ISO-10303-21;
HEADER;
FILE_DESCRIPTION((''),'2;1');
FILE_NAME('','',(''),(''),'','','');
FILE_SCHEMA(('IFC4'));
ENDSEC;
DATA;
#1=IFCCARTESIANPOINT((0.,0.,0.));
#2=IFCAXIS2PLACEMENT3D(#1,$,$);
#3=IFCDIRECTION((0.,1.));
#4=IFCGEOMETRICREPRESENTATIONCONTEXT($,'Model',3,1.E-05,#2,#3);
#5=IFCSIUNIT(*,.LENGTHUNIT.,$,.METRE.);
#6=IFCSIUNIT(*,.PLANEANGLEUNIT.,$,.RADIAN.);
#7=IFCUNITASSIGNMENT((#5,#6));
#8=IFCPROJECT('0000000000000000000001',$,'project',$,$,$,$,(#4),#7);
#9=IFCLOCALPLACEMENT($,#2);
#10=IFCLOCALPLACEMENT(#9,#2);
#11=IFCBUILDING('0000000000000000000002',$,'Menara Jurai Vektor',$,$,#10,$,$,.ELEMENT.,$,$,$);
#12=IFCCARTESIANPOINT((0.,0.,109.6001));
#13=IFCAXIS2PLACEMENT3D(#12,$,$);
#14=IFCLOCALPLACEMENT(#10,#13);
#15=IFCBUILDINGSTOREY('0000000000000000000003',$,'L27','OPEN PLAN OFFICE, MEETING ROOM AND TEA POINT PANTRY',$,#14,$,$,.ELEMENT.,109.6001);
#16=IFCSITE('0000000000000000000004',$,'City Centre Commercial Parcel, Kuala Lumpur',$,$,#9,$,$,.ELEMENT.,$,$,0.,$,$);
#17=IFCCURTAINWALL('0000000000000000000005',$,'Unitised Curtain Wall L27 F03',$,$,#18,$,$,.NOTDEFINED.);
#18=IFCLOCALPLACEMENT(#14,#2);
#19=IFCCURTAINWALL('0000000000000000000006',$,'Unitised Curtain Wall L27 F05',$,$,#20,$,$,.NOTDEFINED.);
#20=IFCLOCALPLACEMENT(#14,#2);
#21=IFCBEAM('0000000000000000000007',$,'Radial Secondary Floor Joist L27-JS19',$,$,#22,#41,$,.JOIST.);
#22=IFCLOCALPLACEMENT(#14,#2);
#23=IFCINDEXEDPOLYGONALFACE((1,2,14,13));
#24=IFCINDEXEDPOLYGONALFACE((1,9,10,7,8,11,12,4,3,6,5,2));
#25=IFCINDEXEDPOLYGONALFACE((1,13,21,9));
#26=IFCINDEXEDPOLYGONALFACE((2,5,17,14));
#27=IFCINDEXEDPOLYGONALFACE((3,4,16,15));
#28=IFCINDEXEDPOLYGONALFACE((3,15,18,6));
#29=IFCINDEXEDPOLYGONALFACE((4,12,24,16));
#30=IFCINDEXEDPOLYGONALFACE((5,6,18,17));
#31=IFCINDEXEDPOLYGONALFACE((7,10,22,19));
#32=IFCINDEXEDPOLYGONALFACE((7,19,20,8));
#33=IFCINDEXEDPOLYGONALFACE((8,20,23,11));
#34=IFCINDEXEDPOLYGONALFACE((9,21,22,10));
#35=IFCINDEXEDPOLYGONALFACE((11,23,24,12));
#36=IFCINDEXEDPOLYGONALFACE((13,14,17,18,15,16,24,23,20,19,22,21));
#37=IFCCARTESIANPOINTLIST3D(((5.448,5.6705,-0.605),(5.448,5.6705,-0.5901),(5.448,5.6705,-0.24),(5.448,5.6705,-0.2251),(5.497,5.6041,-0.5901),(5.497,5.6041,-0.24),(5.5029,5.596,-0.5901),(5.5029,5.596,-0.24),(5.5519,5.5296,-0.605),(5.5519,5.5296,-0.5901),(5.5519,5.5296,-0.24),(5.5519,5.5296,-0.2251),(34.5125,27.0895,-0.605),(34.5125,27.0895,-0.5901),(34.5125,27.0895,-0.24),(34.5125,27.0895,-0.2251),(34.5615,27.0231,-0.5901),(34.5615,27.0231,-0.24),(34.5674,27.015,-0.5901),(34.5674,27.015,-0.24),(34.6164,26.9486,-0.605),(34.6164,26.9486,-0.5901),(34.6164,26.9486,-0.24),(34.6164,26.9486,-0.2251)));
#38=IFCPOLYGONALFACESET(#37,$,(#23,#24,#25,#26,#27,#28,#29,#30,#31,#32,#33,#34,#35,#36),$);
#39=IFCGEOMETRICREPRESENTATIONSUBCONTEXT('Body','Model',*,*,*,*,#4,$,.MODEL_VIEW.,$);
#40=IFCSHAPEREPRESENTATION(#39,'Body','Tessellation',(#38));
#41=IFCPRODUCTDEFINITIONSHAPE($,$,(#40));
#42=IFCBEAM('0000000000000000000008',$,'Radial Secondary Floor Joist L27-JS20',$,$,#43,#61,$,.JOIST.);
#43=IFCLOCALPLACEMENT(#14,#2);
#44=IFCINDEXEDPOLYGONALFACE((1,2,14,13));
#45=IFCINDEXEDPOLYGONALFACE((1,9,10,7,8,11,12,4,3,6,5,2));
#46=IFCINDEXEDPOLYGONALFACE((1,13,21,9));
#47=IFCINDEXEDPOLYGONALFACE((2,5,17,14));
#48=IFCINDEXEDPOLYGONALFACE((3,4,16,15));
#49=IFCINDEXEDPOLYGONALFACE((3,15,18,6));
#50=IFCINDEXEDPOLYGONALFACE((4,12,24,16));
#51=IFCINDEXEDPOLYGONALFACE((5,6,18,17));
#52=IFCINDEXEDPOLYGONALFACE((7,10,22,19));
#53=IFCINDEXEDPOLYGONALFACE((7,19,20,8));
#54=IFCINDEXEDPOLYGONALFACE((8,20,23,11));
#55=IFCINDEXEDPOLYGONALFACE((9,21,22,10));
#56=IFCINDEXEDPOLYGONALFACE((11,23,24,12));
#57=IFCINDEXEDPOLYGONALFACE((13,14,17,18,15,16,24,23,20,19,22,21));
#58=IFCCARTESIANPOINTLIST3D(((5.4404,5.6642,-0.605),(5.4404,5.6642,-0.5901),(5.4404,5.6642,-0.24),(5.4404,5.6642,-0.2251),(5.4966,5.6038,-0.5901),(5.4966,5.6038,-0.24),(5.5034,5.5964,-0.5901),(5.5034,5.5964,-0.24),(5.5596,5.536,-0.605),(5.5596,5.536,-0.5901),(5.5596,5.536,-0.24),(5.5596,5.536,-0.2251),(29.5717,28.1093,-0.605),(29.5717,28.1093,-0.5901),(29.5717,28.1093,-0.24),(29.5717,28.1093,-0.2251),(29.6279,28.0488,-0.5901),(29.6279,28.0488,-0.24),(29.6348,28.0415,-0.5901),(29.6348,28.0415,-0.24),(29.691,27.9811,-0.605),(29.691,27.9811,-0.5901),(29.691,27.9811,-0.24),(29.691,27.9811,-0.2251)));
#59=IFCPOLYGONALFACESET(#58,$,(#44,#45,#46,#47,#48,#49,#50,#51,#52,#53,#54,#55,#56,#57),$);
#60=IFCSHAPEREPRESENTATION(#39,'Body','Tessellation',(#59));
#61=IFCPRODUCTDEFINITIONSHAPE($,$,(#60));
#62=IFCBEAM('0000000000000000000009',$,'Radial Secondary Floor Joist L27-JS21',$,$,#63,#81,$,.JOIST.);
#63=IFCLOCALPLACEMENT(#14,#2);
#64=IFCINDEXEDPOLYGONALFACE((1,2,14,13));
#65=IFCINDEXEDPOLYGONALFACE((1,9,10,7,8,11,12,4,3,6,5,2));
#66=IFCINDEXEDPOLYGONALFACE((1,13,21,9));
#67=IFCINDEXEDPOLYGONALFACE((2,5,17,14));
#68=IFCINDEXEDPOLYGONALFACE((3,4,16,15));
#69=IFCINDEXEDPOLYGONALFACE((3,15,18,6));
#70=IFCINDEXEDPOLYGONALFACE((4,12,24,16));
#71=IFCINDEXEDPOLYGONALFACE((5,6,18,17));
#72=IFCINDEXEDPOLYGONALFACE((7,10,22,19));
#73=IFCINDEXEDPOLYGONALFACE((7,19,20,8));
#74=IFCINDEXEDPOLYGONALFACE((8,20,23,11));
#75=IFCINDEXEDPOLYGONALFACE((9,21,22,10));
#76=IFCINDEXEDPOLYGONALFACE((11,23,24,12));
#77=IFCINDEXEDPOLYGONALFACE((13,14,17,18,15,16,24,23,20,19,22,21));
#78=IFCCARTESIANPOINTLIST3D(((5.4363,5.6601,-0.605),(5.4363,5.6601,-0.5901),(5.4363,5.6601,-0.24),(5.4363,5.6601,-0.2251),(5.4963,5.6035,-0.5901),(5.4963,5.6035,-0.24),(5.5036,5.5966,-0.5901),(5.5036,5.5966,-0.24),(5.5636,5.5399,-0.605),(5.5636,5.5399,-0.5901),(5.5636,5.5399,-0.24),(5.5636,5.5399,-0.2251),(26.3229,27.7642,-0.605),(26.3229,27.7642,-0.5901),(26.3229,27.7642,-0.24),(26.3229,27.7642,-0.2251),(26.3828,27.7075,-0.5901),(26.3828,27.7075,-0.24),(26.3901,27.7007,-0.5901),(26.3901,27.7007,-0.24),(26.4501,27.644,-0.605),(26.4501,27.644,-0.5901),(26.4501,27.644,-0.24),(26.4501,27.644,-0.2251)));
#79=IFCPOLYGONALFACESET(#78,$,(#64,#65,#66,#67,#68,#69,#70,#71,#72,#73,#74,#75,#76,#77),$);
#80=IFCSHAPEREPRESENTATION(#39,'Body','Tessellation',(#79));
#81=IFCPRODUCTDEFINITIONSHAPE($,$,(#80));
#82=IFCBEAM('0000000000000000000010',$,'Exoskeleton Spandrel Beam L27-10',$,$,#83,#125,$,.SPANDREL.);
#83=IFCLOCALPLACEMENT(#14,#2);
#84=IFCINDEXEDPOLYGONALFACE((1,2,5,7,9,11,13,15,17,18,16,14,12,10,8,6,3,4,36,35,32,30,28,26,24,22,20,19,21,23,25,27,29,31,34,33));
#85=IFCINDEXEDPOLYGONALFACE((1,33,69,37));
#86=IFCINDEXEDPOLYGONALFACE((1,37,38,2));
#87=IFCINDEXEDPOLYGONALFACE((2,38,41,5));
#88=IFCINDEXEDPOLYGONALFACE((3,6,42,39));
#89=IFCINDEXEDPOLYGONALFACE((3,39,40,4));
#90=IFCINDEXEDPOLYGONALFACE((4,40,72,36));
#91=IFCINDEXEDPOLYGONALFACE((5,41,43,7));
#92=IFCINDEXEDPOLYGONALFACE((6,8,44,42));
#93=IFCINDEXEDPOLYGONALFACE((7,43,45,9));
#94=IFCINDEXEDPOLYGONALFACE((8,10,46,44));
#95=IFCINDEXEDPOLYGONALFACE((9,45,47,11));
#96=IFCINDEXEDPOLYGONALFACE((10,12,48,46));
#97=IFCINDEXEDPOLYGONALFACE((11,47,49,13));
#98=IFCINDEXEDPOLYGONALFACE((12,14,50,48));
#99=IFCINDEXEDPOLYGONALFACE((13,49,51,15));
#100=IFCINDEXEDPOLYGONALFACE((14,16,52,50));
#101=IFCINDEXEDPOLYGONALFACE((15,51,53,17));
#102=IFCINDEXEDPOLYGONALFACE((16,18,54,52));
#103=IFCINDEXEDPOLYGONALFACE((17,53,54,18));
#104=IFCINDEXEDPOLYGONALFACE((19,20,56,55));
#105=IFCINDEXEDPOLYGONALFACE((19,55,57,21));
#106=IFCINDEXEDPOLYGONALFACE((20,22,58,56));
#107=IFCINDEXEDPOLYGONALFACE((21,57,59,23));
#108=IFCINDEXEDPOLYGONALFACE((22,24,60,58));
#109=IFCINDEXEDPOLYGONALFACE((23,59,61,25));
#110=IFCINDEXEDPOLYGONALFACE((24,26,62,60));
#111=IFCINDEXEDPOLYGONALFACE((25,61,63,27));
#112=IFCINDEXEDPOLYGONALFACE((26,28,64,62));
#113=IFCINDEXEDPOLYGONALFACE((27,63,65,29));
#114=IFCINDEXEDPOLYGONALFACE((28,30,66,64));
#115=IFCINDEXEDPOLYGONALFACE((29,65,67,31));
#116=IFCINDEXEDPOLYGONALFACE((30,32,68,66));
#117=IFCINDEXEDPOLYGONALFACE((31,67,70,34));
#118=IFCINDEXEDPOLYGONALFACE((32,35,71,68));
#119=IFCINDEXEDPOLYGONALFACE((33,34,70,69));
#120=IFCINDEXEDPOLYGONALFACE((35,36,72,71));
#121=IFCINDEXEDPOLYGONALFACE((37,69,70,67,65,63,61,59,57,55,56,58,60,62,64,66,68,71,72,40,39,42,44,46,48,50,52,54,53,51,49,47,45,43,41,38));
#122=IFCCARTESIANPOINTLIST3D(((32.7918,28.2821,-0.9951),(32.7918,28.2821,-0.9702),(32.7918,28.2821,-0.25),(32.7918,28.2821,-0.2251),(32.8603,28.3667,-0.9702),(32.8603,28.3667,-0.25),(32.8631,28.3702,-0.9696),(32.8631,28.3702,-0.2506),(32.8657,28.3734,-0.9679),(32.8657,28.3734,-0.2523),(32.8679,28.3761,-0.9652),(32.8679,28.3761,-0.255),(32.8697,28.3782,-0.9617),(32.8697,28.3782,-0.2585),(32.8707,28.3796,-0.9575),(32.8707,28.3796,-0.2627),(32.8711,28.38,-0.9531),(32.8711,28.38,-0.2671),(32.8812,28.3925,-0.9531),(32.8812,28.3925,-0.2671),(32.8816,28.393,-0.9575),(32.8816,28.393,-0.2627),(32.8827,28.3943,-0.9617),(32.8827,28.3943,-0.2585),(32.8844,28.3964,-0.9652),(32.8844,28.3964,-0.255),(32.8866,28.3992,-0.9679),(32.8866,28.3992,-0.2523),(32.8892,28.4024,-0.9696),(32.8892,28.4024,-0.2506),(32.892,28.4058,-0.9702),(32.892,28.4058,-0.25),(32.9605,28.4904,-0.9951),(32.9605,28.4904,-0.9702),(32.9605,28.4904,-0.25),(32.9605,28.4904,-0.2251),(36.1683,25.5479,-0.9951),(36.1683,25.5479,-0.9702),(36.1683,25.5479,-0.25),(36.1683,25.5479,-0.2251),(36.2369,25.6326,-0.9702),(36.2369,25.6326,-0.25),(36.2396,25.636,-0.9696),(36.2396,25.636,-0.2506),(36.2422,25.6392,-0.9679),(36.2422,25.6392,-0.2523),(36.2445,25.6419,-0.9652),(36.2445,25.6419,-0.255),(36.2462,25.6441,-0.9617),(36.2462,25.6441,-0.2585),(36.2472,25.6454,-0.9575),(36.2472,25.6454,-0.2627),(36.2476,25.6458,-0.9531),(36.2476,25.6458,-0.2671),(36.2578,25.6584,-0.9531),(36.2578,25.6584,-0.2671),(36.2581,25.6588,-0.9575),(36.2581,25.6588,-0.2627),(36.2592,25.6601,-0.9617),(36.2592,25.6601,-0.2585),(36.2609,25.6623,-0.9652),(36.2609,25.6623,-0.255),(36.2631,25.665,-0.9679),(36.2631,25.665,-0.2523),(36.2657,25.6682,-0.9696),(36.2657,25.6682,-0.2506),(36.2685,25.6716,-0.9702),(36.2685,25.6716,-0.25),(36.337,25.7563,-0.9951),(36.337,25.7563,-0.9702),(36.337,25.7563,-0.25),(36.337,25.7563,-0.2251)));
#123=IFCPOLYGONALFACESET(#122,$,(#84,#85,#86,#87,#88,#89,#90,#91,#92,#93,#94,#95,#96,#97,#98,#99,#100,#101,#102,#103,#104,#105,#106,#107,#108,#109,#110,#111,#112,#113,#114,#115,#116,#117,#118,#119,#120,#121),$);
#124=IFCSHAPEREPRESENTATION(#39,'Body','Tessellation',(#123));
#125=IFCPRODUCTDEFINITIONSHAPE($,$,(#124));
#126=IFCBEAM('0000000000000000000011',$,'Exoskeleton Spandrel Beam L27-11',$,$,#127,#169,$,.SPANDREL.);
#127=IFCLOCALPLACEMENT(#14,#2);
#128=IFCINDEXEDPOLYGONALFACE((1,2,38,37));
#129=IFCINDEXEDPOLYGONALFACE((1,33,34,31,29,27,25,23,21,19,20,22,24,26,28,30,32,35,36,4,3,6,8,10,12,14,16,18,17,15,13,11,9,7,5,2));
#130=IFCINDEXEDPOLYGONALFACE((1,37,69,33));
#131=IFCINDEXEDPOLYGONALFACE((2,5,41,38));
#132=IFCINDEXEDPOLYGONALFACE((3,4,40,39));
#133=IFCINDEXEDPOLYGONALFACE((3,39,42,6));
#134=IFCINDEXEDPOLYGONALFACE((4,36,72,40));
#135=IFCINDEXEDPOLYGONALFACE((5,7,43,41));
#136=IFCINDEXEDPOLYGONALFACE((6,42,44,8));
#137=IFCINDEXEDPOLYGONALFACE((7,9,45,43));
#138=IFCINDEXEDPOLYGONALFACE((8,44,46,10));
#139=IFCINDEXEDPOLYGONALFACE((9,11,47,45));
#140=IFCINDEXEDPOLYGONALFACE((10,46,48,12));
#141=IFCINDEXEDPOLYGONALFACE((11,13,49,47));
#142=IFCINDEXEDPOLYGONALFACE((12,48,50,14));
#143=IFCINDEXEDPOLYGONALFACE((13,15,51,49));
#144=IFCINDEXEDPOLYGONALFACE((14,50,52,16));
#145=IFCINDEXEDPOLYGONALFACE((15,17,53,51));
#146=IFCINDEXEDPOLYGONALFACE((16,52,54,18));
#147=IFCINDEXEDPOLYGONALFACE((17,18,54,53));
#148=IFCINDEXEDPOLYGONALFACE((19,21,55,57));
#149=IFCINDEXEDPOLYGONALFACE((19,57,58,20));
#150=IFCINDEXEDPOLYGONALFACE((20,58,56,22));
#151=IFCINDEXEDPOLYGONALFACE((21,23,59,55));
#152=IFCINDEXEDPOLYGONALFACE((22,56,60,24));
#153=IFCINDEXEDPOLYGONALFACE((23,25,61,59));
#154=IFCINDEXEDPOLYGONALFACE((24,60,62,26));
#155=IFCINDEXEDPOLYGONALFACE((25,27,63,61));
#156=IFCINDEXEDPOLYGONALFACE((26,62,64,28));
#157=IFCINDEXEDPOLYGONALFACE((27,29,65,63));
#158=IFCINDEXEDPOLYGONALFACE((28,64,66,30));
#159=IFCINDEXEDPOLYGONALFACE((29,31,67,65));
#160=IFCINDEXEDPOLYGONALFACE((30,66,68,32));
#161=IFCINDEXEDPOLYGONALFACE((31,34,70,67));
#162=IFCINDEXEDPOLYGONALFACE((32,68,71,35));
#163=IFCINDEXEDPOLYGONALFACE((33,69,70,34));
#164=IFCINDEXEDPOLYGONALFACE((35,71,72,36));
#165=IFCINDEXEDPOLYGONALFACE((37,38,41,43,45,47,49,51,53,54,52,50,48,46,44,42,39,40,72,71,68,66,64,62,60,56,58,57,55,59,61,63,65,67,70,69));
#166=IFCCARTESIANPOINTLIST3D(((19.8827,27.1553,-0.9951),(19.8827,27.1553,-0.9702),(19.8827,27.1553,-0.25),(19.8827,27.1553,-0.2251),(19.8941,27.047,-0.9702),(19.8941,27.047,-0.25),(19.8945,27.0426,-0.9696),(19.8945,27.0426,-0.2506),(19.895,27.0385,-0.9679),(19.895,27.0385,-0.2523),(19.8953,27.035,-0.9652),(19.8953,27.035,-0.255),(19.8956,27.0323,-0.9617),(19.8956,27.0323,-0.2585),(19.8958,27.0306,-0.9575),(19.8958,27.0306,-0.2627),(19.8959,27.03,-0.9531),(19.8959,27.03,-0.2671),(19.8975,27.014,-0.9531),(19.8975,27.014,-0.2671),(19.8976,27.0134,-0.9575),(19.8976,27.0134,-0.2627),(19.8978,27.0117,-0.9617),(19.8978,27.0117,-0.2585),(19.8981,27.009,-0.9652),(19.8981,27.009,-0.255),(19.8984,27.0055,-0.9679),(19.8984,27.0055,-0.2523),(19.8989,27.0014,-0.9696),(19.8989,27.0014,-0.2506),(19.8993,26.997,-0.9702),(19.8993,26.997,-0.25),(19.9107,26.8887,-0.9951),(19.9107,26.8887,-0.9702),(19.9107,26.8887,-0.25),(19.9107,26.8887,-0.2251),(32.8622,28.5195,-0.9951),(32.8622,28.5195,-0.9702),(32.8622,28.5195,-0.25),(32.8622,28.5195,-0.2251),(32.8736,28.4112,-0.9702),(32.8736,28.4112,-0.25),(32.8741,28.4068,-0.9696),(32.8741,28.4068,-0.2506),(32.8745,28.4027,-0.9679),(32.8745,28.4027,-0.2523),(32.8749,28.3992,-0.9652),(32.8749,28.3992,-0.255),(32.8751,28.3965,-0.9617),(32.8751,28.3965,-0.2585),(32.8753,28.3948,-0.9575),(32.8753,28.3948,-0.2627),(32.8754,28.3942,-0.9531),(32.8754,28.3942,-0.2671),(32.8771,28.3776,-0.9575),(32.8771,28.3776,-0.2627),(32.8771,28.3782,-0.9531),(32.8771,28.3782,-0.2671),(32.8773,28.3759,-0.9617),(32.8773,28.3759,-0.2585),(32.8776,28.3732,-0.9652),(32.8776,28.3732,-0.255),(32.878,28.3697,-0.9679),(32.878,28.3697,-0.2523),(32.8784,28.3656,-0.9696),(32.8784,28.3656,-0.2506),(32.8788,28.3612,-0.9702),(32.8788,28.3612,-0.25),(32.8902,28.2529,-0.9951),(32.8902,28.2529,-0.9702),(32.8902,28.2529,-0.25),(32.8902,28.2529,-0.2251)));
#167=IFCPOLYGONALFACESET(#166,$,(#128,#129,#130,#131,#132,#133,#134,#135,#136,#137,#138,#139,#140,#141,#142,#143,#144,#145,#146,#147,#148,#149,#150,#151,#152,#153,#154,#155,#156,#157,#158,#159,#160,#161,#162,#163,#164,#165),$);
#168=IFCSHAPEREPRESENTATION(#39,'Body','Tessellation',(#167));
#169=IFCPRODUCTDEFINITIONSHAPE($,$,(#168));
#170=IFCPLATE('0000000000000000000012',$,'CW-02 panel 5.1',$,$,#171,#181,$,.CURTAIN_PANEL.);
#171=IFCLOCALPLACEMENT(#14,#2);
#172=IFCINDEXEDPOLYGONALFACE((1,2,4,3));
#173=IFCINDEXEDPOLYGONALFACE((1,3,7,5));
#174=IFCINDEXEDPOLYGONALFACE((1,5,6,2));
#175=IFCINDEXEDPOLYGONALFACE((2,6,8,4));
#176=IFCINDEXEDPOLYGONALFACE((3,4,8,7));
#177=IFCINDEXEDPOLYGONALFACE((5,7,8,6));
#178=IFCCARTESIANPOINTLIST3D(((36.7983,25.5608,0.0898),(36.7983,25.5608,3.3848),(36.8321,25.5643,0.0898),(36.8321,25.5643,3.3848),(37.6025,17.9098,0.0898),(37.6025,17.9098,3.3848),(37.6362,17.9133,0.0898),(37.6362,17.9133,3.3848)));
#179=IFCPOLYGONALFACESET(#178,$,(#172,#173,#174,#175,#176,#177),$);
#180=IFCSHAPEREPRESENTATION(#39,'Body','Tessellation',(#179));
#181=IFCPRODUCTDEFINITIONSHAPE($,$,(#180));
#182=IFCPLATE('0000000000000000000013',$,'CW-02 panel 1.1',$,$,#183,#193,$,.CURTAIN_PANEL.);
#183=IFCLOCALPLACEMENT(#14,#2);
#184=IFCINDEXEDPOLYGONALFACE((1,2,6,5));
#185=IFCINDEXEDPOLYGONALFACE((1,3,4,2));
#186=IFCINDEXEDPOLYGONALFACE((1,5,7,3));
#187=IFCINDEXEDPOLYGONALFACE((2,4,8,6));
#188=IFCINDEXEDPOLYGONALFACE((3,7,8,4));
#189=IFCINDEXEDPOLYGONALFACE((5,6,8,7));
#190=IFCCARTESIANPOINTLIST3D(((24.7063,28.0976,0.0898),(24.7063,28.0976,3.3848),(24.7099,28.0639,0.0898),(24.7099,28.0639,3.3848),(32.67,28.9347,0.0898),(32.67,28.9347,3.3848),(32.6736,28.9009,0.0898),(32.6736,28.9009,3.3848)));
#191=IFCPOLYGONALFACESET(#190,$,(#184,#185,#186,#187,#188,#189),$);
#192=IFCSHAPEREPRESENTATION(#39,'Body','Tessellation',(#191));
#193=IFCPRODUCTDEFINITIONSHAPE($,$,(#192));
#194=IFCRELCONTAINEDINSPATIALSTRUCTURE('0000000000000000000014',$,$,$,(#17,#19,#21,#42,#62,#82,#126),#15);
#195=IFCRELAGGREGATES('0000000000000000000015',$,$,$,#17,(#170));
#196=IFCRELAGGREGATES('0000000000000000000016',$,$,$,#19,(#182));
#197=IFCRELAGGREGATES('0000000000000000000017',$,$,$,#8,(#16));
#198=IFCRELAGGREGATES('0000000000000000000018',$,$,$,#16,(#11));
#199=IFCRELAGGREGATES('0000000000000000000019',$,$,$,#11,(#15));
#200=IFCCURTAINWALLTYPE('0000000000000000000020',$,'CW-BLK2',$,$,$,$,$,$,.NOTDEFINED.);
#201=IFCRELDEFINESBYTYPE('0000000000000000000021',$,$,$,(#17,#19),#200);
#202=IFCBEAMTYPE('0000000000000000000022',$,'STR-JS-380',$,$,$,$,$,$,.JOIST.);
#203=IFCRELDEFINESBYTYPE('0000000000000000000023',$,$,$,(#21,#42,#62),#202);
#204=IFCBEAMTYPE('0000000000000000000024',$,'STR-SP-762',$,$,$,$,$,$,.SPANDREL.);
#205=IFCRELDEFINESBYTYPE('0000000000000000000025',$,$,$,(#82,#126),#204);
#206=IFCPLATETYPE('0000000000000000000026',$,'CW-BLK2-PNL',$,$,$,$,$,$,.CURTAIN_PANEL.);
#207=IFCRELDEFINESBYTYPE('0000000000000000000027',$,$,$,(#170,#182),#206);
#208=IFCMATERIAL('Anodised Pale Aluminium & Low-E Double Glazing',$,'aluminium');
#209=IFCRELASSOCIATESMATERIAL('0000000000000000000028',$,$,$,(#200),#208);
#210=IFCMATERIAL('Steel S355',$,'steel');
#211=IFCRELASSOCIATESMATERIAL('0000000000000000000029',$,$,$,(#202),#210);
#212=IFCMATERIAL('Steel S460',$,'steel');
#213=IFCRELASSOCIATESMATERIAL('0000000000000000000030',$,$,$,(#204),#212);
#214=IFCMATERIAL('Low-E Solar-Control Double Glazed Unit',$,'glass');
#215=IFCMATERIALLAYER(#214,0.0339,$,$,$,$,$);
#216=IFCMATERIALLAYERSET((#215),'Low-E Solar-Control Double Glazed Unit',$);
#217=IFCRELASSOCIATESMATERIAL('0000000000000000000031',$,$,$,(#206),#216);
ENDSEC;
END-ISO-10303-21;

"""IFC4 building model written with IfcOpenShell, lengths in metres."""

from ifc_helpers import new_model, si_unit, direction, frame, origin, origin_2d, place, context, subcontext, project, spatial, rectangle, i_section, extrude, material, layer, layer_set, material_profile, profile_set, type_object, element, aggregate, save


model = new_model("IFC4")

# Units and contexts
model_context = context("Model", 3, precision=1e-05, world=origin(), true_north=direction((0.0, 1.0)))
body_context = subcontext(model_context, "Body", "Model", "MODEL_VIEW")
ifc_project = project(units=[si_unit("LENGTHUNIT", "METRE"), si_unit("PLANEANGLEUNIT", "RADIAN")], contexts=[model_context])

# Site, building, storey
site_placement = place(None, origin())
site = spatial("IfcSite", under=ifc_project, at=site_placement, Name="City Centre Commercial Parcel, Kuala Lumpur", CompositionType="ELEMENT", RefElevation=0.0)
building_placement = place(site_placement, origin())
building = spatial("IfcBuilding", under=site, at=building_placement, Name="Menara Jurai Vektor", CompositionType="ELEMENT")
storey_placement = place(building_placement, frame((0.0, 0.0, 109.6001)))
storey = spatial("IfcBuildingStorey", under=building, at=storey_placement, Name="L27", Description="OPEN PLAN OFFICE, MEETING ROOM AND TEA POINT PANTRY", CompositionType="ELEMENT", Elevation=109.6001)

# Shared definitions
ifc_material_1 = material(Name="Steel S460", Category="steel")

# Curtain wall
ifc_material_2 = material(Name="Anodised Pale Aluminium & Low-E Double Glazing", Category="aluminium")
curtain_wall_type = type_object("IfcCurtainWallType", Name="CW-BLK2", PredefinedType="NOTDEFINED", material=ifc_material_2)
curtain_wall_1_placement = place(storey_placement, origin())
curtain_wall_1 = element("IfcCurtainWall", 1, at=curtain_wall_1_placement, inside=storey, type_object=curtain_wall_type, Name="Unitised Curtain Wall L27 F03", PredefinedType="NOTDEFINED")

# Curtain wall
curtain_wall_2_placement = place(storey_placement, origin())
curtain_wall_2 = element("IfcCurtainWall", 2, at=curtain_wall_2_placement, inside=storey, type_object=curtain_wall_type, Name="Unitised Curtain Wall L27 F05", PredefinedType="NOTDEFINED")

# Shared definitions
ifc_material_3 = material(Name="Steel S355", Category="steel")

# Beams
ifc_material_profile_1 = material_profile(ifc_material_3, i_section(OverallWidth=0.175, OverallDepth=0.3799, WebThickness=0.01, FlangeThickness=0.0149, at=origin_2d()), Name="PG 380x175x58")
ifc_profile_set_1 = profile_set([ifc_material_profile_1], Name="Steel S355")
beam_type_1 = type_object("IfcBeamType", Name="STR-JS-380", PredefinedType="JOIST", material=ifc_profile_set_1)
beam_1_placement = place(storey_placement, frame((34.5645, 27.019, -0.415), z_axis=(-0.805016, -0.593253, 0.0), x_axis=(0.593253, -0.805016, 0.0)))
element("IfcBeam", 3, at=beam_1_placement, inside=storey, type_object=beam_type_1, Name="Radial Secondary Floor Joist L27-JS19", PredefinedType="JOIST", context=body_context, shape_type="SweptSolid", body=[
    extrude(i_section(OverallWidth=0.175, OverallDepth=0.3799, WebThickness=0.01, FlangeThickness=0.0149, at=origin_2d()), origin(), (0.0, 0.0, 1.0), 36.1042),
])
beam_2_placement = place(storey_placement, frame((29.6313, 28.0452, -0.415), z_axis=(-0.732228, -0.68106, 0.0), x_axis=(0.68106, -0.732228, 0.0)))
element("IfcBeam", 4, at=beam_2_placement, inside=storey, type_object=beam_type_1, Name="Radial Secondary Floor Joist L27-JS20", PredefinedType="JOIST", context=body_context, shape_type="SweptSolid", body=[
    extrude(i_section(OverallWidth=0.175, OverallDepth=0.3799, WebThickness=0.01, FlangeThickness=0.0149, at=origin_2d()), origin(), (0.0, 0.0, 1.0), 32.9561),
])
beam_3_placement = place(storey_placement, frame((26.3865, 27.7041, -0.415), z_axis=(-0.686805, -0.726841, 0.0), x_axis=(0.726841, -0.686805, 0.0)))
element("IfcBeam", 5, at=beam_3_placement, inside=storey, type_object=beam_type_1, Name="Radial Secondary Floor Joist L27-JS21", PredefinedType="JOIST", context=body_context, shape_type="SweptSolid", body=[
    extrude(i_section(OverallWidth=0.175, OverallDepth=0.3799, WebThickness=0.01, FlangeThickness=0.0149, at=origin_2d()), origin(), (0.0, 0.0, 1.0), 30.4111),
])
ifc_material_profile_2 = material_profile(ifc_material_1, i_section(OverallWidth=0.2681, OverallDepth=0.77, WebThickness=0.0161, FlangeThickness=0.0249, FilletRadius=0.0171, at=origin_2d()), Name="UKB 762x267x197")
ifc_profile_set_2 = profile_set([ifc_material_profile_2], Name="Steel S460")
beam_type_2 = type_object("IfcBeamType", Name="STR-SP-762", PredefinedType="SPANDREL", material=ifc_profile_set_2)
beam_4_placement = place(storey_placement, frame((36.2527, 25.6521, -0.6101), z_axis=(-0.777155, 0.62931, 0.0), x_axis=(-0.62931, -0.777155, 0.0)))
element("IfcBeam", 6, at=beam_4_placement, inside=storey, type_object=beam_type_2, Name="Exoskeleton Spandrel Beam L27-10", PredefinedType="SPANDREL", context=body_context, shape_type="SweptSolid", body=[
    extrude(i_section(OverallWidth=0.2681, OverallDepth=0.77, WebThickness=0.0161, FlangeThickness=0.0249, FilletRadius=0.0171, at=origin_2d()), origin(), (0.0, 0.0, 1.0), 4.3447),
])
beam_5_placement = place(storey_placement, frame((32.8762, 28.3862, -0.6101), z_axis=(-0.994521, -0.104533, 0.0), x_axis=(0.104533, -0.994521, 0.0)))
element("IfcBeam", 7, at=beam_5_placement, inside=storey, type_object=beam_type_2, Name="Exoskeleton Spandrel Beam L27-11", PredefinedType="SPANDREL", context=body_context, shape_type="SweptSolid", body=[
    extrude(i_section(OverallWidth=0.2681, OverallDepth=0.77, WebThickness=0.0161, FlangeThickness=0.0249, FilletRadius=0.0171, at=origin_2d()), origin(), (0.0, 0.0, 1.0), 13.051),
])

# Plates
ifc_material_4 = material(Name="Low-E Solar-Control Double Glazed Unit", Category="glass")
ifc_layer_1 = layer(ifc_material_4, 0.0339)
ifc_layer_set_1 = layer_set([ifc_layer_1], Name="Low-E Solar-Control Double Glazed Unit")
plate_type_1 = type_object("IfcPlateType", Name="CW-BLK2-PNL", PredefinedType="CURTAIN_PANEL", material=ifc_layer_set_1)
plate_1_placement = place(storey_placement, frame((37.2173, 21.7371, 0.0898), z_axis=(0.0, 0.0, 1.0), x_axis=(-0.10453, 0.994522, 0.0)))
plate_1 = element("IfcPlate", 8, at=plate_1_placement, type_object=plate_type_1, Name="CW-02 panel 5.1", PredefinedType="CURTAIN_PANEL", context=body_context, shape_type="SweptSolid", body=[
    extrude(rectangle(XDim=7.6931, YDim=0.0339, at=origin_2d()), origin(), (0.0, 0.0, 1.0), 3.2949),
])
aggregate(curtain_wall_1, [plate_1])
plate_2_placement = place(storey_placement, frame((28.6899, 28.4993, 0.0898), z_axis=(0.0, 0.0, 1.0), x_axis=(-0.994522, -0.104529, 0.0)))
plate_2 = element("IfcPlate", 9, at=plate_2_placement, type_object=plate_type_1, Name="CW-02 panel 1.1", PredefinedType="CURTAIN_PANEL", context=body_context, shape_type="SweptSolid", body=[
    extrude(rectangle(XDim=8.0076, YDim=0.0339, at=origin_2d()), origin(), (0.0, 0.0, 1.0), 3.2949),
])
aggregate(curtain_wall_2, [plate_2])

save(model, "model.ifc")
